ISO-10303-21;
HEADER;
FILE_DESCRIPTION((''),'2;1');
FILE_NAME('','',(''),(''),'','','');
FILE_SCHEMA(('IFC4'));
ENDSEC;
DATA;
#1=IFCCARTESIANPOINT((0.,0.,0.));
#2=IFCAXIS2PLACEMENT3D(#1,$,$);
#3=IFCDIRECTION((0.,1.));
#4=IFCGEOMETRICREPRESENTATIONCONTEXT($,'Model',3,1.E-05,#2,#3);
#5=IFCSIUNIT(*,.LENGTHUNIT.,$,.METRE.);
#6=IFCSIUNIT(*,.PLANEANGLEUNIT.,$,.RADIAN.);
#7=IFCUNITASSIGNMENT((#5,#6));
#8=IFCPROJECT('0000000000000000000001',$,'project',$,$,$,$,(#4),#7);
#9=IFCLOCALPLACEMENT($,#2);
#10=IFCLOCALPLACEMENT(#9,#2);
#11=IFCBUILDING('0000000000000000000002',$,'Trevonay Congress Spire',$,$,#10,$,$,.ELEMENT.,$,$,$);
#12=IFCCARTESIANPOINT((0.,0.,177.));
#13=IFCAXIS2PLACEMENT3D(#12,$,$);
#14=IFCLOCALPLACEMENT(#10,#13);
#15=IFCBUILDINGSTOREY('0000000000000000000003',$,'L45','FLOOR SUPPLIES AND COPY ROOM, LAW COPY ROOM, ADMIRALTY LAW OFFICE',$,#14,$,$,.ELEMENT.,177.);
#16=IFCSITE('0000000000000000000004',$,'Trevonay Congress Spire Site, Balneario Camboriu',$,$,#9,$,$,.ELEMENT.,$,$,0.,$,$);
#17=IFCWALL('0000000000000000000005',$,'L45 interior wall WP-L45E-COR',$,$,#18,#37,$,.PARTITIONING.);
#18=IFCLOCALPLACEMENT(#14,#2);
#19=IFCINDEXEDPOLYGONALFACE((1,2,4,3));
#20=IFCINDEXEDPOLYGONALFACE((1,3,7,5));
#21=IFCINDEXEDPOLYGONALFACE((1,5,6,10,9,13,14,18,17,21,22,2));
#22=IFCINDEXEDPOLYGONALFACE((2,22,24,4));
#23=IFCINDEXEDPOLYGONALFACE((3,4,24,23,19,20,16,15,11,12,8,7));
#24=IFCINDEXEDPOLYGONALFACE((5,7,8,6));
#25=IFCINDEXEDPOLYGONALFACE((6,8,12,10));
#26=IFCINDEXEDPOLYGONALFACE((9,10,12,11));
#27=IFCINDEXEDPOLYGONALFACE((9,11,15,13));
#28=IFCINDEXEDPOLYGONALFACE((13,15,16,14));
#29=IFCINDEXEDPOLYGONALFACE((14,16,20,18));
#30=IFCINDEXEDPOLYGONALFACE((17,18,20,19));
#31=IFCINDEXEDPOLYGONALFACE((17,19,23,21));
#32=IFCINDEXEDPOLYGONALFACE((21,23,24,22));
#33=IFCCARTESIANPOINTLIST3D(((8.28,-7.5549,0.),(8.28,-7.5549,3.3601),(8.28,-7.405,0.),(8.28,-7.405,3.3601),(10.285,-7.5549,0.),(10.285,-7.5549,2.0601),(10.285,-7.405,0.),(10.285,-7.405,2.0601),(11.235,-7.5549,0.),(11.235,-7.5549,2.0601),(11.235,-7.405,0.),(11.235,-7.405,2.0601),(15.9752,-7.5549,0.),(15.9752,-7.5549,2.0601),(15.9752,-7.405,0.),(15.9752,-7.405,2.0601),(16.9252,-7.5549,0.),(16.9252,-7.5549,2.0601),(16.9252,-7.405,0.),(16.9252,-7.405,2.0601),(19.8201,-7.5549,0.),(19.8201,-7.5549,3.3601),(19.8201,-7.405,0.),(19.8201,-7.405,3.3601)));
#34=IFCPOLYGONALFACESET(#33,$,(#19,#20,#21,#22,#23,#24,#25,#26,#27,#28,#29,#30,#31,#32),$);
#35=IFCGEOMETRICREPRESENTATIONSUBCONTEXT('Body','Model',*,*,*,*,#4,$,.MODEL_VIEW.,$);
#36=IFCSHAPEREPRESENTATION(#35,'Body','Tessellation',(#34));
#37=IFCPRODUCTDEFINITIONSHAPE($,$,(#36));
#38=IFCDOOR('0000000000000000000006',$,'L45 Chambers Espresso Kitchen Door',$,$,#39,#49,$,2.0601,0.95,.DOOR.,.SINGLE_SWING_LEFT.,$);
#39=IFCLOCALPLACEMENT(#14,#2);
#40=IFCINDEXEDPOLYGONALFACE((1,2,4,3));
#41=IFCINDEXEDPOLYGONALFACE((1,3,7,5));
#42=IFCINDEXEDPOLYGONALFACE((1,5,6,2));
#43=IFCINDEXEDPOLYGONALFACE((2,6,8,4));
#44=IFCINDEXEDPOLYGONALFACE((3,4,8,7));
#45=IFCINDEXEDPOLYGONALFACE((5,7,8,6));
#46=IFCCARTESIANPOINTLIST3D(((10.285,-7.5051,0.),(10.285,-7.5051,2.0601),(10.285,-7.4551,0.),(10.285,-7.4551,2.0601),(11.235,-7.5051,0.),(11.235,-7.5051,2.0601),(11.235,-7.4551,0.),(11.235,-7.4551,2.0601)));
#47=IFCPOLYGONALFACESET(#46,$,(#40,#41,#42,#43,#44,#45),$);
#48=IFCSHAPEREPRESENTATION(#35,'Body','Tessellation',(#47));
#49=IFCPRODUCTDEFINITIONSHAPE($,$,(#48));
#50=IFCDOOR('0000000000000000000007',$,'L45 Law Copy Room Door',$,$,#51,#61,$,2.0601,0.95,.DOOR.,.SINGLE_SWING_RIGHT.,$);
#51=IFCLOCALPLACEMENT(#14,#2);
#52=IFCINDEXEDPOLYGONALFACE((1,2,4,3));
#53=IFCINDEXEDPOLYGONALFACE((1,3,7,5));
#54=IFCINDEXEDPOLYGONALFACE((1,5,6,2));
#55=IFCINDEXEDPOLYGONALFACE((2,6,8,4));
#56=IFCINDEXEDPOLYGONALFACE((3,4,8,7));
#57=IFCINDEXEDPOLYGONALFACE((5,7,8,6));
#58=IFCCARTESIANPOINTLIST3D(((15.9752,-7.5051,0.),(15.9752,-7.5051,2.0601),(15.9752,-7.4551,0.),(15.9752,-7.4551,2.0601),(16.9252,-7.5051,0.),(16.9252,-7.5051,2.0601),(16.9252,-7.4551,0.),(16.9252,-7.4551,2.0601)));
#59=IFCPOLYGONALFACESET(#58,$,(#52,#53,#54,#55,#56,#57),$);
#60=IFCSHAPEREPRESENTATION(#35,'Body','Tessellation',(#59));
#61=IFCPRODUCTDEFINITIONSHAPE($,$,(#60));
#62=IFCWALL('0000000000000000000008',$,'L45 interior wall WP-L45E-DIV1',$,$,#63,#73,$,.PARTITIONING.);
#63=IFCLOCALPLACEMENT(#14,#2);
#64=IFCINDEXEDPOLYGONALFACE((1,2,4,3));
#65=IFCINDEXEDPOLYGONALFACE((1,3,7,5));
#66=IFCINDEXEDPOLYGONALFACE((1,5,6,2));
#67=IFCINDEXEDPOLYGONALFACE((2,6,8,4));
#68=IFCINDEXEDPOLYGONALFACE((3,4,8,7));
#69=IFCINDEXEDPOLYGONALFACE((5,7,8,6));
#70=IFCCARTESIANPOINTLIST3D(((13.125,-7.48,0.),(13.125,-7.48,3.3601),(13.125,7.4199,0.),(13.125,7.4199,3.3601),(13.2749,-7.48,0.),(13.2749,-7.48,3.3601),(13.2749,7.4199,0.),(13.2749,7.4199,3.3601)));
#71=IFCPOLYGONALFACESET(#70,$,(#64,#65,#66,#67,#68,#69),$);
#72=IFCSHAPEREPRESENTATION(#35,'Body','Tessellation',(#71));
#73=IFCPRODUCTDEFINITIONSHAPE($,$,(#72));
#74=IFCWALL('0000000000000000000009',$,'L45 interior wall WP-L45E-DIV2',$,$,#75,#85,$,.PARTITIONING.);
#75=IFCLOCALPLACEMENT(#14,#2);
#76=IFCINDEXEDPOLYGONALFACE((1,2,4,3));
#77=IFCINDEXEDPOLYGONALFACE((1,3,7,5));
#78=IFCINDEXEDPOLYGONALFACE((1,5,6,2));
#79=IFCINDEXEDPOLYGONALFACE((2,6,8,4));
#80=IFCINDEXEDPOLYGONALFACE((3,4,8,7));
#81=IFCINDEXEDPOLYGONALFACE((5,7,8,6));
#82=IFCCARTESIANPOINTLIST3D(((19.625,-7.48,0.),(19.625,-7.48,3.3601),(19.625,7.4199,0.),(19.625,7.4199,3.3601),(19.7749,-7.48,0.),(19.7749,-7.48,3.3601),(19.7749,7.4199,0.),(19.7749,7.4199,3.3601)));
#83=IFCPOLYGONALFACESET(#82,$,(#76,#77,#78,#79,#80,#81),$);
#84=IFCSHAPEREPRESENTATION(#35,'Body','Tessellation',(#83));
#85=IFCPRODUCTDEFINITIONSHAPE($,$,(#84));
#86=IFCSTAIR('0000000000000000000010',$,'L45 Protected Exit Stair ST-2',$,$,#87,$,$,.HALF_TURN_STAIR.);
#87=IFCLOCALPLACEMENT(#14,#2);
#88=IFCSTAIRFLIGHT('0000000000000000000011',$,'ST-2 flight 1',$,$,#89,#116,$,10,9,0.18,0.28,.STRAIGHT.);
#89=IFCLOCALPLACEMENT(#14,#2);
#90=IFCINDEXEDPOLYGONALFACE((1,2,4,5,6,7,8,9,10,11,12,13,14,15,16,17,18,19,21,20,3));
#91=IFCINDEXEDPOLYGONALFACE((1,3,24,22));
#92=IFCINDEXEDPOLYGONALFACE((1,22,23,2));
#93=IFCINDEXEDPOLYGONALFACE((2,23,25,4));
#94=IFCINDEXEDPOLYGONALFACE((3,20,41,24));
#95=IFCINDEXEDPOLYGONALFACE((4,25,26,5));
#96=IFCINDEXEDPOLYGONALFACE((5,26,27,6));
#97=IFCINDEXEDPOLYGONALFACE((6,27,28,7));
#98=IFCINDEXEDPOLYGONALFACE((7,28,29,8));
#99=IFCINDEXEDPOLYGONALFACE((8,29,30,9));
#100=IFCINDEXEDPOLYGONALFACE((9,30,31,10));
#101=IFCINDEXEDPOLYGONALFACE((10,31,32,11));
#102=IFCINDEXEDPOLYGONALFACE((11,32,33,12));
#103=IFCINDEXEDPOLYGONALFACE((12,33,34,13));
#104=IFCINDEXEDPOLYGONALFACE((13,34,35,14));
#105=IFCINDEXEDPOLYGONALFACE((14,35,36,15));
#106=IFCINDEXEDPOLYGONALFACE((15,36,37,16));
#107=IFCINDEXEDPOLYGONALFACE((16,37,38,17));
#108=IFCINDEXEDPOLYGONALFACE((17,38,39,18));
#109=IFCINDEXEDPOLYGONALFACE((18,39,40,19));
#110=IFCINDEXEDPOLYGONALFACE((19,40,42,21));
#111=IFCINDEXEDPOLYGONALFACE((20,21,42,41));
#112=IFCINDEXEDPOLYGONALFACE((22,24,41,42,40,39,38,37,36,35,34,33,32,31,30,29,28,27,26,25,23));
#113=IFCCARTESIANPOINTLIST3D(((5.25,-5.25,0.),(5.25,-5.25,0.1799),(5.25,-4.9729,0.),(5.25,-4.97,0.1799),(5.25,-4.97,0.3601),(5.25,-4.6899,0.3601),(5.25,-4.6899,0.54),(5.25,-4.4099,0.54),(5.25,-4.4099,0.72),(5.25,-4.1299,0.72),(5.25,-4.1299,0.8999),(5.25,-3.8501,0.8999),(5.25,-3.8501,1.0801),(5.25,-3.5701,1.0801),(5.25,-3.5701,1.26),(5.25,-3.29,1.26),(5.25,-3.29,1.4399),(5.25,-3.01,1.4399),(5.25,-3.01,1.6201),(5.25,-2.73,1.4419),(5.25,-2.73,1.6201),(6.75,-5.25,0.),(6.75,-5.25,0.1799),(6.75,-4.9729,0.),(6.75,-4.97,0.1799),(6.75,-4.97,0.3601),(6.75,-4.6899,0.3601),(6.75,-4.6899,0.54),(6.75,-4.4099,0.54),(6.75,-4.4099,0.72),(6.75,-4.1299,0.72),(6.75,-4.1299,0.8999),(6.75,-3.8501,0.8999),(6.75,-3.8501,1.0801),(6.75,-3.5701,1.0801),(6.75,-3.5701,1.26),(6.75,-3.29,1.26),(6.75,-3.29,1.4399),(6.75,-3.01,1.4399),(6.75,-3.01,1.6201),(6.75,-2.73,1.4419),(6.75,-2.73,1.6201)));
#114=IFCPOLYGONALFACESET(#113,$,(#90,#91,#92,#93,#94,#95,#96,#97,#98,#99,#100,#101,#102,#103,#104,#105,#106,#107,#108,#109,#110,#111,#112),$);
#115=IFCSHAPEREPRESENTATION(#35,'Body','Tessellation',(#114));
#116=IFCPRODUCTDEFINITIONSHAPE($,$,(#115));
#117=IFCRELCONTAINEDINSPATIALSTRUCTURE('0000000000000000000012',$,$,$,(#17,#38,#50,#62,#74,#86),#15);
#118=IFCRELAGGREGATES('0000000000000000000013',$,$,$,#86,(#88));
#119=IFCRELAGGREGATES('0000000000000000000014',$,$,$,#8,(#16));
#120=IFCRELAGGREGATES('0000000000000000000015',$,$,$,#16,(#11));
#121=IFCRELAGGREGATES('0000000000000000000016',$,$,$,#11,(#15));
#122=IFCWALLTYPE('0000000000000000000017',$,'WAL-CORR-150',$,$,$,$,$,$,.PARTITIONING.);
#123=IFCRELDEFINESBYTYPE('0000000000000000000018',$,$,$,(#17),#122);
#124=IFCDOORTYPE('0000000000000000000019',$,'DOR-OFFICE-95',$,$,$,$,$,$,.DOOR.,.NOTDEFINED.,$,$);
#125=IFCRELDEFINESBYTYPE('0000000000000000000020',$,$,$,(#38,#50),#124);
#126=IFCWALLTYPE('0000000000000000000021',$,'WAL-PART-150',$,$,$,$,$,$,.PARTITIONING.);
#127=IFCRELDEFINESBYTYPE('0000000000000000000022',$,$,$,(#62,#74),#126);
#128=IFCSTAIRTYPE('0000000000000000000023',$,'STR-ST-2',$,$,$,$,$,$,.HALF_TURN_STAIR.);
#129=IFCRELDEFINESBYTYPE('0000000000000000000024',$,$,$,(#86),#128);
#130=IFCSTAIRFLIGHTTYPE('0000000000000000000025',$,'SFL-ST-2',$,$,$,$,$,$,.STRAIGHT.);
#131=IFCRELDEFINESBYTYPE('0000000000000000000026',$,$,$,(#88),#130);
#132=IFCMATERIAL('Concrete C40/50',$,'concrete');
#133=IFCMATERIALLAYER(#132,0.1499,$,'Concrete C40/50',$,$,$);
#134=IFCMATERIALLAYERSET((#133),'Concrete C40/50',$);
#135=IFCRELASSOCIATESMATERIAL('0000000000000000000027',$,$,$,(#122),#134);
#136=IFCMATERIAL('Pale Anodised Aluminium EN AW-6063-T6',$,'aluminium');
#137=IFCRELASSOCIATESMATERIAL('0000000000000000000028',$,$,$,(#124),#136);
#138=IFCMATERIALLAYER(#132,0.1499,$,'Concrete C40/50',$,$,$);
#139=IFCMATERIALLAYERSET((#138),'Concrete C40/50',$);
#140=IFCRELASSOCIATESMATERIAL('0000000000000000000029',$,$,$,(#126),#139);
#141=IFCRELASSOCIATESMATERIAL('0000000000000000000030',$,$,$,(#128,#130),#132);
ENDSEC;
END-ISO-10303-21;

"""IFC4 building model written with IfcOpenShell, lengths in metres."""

from ifc_helpers import new_model, si_unit, direction, frame, frame_2d, origin, place, context, subcontext, project, spatial, polyline, rectangle, outline, extrude, material, layer, layer_set, type_object, element, fill, aggregate, save


model = new_model("IFC4")

# Units and contexts
model_context = context("Model", 3, precision=1e-05, world=origin(), true_north=direction((0.0, 1.0)))
body_context = subcontext(model_context, "Body", "Model", "MODEL_VIEW")
ifc_project = project(units=[si_unit("LENGTHUNIT", "METRE"), si_unit("PLANEANGLEUNIT", "RADIAN")], contexts=[model_context])

# Site, building, storey
site_placement = place(None, origin())
site = spatial("IfcSite", under=ifc_project, at=site_placement, Name="Trevonay Congress Spire Site, Balneario Camboriu", CompositionType="ELEMENT", RefElevation=0.0)
building_placement = place(site_placement, origin())
building = spatial("IfcBuilding", under=site, at=building_placement, Name="Trevonay Congress Spire", CompositionType="ELEMENT")
storey_placement = place(building_placement, frame((0.0, 0.0, 177.0)))
storey = spatial("IfcBuildingStorey", under=building, at=storey_placement, Name="L45", Description="FLOOR SUPPLIES AND COPY ROOM, LAW COPY ROOM, ADMIRALTY LAW OFFICE", CompositionType="ELEMENT", Elevation=177.0)

# Shared definitions
ifc_material_1 = material(Name="Pale Anodised Aluminium EN AW-6063-T6", Category="aluminium")

# Shared definitions
ifc_material_2 = material(Name="Concrete C40/50", Category="concrete")
ifc_layer_1 = layer(ifc_material_2, 0.1499, Name="Concrete C40/50")
ifc_layer_set_1 = layer_set([ifc_layer_1], Name="Concrete C40/50")
wall_type_1 = type_object("IfcWallType", Name="WAL-CORR-150", PredefinedType="PARTITIONING", material=ifc_layer_set_1)

# Wall, openings, doors
wall_1_placement = place(storey_placement, frame((8.28, -7.48, 0.0), z_axis=(0.0, 0.0, 1.0), x_axis=(1.0, 0.0, 0.0)))
wall_1 = element("IfcWall", 1, at=wall_1_placement, inside=storey, type_object=wall_type_1, Name="L45 interior wall WP-L45E-COR", PredefinedType="PARTITIONING", context=body_context, shape_type="SweptSolid", body=[
    extrude(rectangle(XDim=11.54, YDim=0.1499, at=frame_2d((5.77, 0.0))), origin(), (0.0, 0.0, 1.0), 3.3601),
])
opening_1_placement = place(wall_1_placement, frame((2.0049, 0.0, 0.0)))
opening_1 = element("IfcOpeningElement", 2, at=opening_1_placement, cuts=wall_1, PredefinedType="OPENING", context=body_context, shape_type="SweptSolid", body=[
    extrude(rectangle(XDim=0.95, YDim=2.0601, at=frame_2d((0.4751, 1.03))), frame((0.0, 0.085, 0.0), z_axis=(0.0, -1.0, 0.0), x_axis=(1.0, 0.0, 0.0)), (0.0, 0.0, 1.0), 0.1699),
])
opening_2_placement = place(wall_1_placement, frame((7.6951, 0.0, 0.0)))
opening_2 = element("IfcOpeningElement", 3, at=opening_2_placement, cuts=wall_1, PredefinedType="OPENING", context=body_context, shape_type="SweptSolid", body=[
    extrude(rectangle(XDim=0.95, YDim=2.0601, at=frame_2d((0.4751, 1.03))), frame((0.0, 0.085, 0.0), z_axis=(0.0, -1.0, 0.0), x_axis=(1.0, 0.0, 0.0)), (0.0, 0.0, 1.0), 0.1699),
])
door_type = type_object("IfcDoorType", Name="DOR-OFFICE-95", OperationType="NOTDEFINED", PredefinedType="DOOR", material=ifc_material_1)
door_1_placement = place(opening_1_placement, origin())
door_1 = element("IfcDoor", 4, at=door_1_placement, inside=storey, type_object=door_type, Name="L45 Chambers Espresso Kitchen Door", OperationType="SINGLE_SWING_LEFT", OverallHeight=2.0601, OverallWidth=0.95, PredefinedType="DOOR", context=body_context, shape_type="SweptSolid", body=[
    extrude(rectangle(XDim=0.95, YDim=2.0601, at=frame_2d((0.4751, 1.03))), frame((0.0, 0.0249, 0.0), z_axis=(0.0, -1.0, 0.0), x_axis=(1.0, 0.0, 0.0)), (0.0, 0.0, 1.0), 0.05),
])
fill(opening_1, door_1)
door_2_placement = place(opening_2_placement, origin())
door_2 = element("IfcDoor", 5, at=door_2_placement, inside=storey, type_object=door_type, Name="L45 Law Copy Room Door", OperationType="SINGLE_SWING_RIGHT", OverallHeight=2.0601, OverallWidth=0.95, PredefinedType="DOOR", context=body_context, shape_type="SweptSolid", body=[
    extrude(rectangle(XDim=0.95, YDim=2.0601, at=frame_2d((0.4751, 1.03))), frame((0.0, 0.0249, 0.0), z_axis=(0.0, -1.0, 0.0), x_axis=(1.0, 0.0, 0.0)), (0.0, 0.0, 1.0), 0.05),
])
fill(opening_2, door_2)

# Walls
ifc_layer_2 = layer(ifc_material_2, 0.1499, Name="Concrete C40/50")
ifc_layer_set_2 = layer_set([ifc_layer_2], Name="Concrete C40/50")
wall_type_2 = type_object("IfcWallType", Name="WAL-PART-150", PredefinedType="PARTITIONING", material=ifc_layer_set_2)
for number, where, z_axis, x_axis, name in (
    (6, (13.2, -7.48, 0.0), (0.0, 0.0, 1.0), (0.0, 1.0, 0.0), "L45 interior wall WP-L45E-DIV1"),
    (7, (19.7, -7.48, 0.0), (0.0, 0.0, 1.0), (0.0, 1.0, 0.0), "L45 interior wall WP-L45E-DIV2"),
):
    element("IfcWall", number, at=place(storey_placement, frame(where, z_axis=z_axis, x_axis=x_axis)), inside=storey, type_object=wall_type_2, Name=name, PredefinedType="PARTITIONING", context=body_context, shape_type="SweptSolid", body=[
        extrude(rectangle(XDim=14.8999, YDim=0.1499, at=frame_2d((7.45, 0.0))), origin(), (0.0, 0.0, 1.0), 3.3601),
    ])

# Stair, stair flight
stair_type = type_object("IfcStairType", Name="STR-ST-2", PredefinedType="HALF_TURN_STAIR", material=ifc_material_2)
stair_placement = place(storey_placement, origin())
stair = element("IfcStair", 8, at=stair_placement, inside=storey, type_object=stair_type, Name="L45 Protected Exit Stair ST-2", PredefinedType="HALF_TURN_STAIR")
stair_flight_type = type_object("IfcStairFlightType", Name="SFL-ST-2", PredefinedType="STRAIGHT", material=ifc_material_2)
stair_flight_placement = place(storey_placement, frame((6.0, -5.25, 0.0), z_axis=(0.0, 0.0, 1.0), x_axis=(0.0, 1.0, 0.0)))
stair_flight = element("IfcStairFlight", 9, at=stair_flight_placement, type_object=stair_flight_type, Name="ST-2 flight 1", NumberOfRisers=10, NumberOfTreads=9, PredefinedType="STRAIGHT", RiserHeight=0.18, TreadLength=0.28, context=body_context, shape_type="SweptSolid", body=[
    extrude(outline(polyline([(0.0, 0.0), (0.0, 0.1799), (0.28, 0.1799), (0.28, 0.3601), (0.5601, 0.3601), (0.5601, 0.54), (0.8401, 0.54), (0.8401, 0.72), (1.1201, 0.72), (1.1201, 0.8999), (1.3999, 0.8999), (1.3999, 1.0801), (1.6799, 1.0801), (1.6799, 1.26), (1.96, 1.26), (1.96, 1.4399), (2.24, 1.4399), (2.24, 1.6201), (2.52, 1.6201), (2.52, 1.8), (2.52, 1.4419), (0.2771, 0.0), (0.0, 0.0)])), frame((0.0, 0.75, 0.0), z_axis=(0.0, -1.0, 0.0), x_axis=(1.0, 0.0, 0.0)), (0.0, 0.0, 1.0), 1.5),
])
aggregate(stair, [stair_flight])

save(model, "model.ifc")
